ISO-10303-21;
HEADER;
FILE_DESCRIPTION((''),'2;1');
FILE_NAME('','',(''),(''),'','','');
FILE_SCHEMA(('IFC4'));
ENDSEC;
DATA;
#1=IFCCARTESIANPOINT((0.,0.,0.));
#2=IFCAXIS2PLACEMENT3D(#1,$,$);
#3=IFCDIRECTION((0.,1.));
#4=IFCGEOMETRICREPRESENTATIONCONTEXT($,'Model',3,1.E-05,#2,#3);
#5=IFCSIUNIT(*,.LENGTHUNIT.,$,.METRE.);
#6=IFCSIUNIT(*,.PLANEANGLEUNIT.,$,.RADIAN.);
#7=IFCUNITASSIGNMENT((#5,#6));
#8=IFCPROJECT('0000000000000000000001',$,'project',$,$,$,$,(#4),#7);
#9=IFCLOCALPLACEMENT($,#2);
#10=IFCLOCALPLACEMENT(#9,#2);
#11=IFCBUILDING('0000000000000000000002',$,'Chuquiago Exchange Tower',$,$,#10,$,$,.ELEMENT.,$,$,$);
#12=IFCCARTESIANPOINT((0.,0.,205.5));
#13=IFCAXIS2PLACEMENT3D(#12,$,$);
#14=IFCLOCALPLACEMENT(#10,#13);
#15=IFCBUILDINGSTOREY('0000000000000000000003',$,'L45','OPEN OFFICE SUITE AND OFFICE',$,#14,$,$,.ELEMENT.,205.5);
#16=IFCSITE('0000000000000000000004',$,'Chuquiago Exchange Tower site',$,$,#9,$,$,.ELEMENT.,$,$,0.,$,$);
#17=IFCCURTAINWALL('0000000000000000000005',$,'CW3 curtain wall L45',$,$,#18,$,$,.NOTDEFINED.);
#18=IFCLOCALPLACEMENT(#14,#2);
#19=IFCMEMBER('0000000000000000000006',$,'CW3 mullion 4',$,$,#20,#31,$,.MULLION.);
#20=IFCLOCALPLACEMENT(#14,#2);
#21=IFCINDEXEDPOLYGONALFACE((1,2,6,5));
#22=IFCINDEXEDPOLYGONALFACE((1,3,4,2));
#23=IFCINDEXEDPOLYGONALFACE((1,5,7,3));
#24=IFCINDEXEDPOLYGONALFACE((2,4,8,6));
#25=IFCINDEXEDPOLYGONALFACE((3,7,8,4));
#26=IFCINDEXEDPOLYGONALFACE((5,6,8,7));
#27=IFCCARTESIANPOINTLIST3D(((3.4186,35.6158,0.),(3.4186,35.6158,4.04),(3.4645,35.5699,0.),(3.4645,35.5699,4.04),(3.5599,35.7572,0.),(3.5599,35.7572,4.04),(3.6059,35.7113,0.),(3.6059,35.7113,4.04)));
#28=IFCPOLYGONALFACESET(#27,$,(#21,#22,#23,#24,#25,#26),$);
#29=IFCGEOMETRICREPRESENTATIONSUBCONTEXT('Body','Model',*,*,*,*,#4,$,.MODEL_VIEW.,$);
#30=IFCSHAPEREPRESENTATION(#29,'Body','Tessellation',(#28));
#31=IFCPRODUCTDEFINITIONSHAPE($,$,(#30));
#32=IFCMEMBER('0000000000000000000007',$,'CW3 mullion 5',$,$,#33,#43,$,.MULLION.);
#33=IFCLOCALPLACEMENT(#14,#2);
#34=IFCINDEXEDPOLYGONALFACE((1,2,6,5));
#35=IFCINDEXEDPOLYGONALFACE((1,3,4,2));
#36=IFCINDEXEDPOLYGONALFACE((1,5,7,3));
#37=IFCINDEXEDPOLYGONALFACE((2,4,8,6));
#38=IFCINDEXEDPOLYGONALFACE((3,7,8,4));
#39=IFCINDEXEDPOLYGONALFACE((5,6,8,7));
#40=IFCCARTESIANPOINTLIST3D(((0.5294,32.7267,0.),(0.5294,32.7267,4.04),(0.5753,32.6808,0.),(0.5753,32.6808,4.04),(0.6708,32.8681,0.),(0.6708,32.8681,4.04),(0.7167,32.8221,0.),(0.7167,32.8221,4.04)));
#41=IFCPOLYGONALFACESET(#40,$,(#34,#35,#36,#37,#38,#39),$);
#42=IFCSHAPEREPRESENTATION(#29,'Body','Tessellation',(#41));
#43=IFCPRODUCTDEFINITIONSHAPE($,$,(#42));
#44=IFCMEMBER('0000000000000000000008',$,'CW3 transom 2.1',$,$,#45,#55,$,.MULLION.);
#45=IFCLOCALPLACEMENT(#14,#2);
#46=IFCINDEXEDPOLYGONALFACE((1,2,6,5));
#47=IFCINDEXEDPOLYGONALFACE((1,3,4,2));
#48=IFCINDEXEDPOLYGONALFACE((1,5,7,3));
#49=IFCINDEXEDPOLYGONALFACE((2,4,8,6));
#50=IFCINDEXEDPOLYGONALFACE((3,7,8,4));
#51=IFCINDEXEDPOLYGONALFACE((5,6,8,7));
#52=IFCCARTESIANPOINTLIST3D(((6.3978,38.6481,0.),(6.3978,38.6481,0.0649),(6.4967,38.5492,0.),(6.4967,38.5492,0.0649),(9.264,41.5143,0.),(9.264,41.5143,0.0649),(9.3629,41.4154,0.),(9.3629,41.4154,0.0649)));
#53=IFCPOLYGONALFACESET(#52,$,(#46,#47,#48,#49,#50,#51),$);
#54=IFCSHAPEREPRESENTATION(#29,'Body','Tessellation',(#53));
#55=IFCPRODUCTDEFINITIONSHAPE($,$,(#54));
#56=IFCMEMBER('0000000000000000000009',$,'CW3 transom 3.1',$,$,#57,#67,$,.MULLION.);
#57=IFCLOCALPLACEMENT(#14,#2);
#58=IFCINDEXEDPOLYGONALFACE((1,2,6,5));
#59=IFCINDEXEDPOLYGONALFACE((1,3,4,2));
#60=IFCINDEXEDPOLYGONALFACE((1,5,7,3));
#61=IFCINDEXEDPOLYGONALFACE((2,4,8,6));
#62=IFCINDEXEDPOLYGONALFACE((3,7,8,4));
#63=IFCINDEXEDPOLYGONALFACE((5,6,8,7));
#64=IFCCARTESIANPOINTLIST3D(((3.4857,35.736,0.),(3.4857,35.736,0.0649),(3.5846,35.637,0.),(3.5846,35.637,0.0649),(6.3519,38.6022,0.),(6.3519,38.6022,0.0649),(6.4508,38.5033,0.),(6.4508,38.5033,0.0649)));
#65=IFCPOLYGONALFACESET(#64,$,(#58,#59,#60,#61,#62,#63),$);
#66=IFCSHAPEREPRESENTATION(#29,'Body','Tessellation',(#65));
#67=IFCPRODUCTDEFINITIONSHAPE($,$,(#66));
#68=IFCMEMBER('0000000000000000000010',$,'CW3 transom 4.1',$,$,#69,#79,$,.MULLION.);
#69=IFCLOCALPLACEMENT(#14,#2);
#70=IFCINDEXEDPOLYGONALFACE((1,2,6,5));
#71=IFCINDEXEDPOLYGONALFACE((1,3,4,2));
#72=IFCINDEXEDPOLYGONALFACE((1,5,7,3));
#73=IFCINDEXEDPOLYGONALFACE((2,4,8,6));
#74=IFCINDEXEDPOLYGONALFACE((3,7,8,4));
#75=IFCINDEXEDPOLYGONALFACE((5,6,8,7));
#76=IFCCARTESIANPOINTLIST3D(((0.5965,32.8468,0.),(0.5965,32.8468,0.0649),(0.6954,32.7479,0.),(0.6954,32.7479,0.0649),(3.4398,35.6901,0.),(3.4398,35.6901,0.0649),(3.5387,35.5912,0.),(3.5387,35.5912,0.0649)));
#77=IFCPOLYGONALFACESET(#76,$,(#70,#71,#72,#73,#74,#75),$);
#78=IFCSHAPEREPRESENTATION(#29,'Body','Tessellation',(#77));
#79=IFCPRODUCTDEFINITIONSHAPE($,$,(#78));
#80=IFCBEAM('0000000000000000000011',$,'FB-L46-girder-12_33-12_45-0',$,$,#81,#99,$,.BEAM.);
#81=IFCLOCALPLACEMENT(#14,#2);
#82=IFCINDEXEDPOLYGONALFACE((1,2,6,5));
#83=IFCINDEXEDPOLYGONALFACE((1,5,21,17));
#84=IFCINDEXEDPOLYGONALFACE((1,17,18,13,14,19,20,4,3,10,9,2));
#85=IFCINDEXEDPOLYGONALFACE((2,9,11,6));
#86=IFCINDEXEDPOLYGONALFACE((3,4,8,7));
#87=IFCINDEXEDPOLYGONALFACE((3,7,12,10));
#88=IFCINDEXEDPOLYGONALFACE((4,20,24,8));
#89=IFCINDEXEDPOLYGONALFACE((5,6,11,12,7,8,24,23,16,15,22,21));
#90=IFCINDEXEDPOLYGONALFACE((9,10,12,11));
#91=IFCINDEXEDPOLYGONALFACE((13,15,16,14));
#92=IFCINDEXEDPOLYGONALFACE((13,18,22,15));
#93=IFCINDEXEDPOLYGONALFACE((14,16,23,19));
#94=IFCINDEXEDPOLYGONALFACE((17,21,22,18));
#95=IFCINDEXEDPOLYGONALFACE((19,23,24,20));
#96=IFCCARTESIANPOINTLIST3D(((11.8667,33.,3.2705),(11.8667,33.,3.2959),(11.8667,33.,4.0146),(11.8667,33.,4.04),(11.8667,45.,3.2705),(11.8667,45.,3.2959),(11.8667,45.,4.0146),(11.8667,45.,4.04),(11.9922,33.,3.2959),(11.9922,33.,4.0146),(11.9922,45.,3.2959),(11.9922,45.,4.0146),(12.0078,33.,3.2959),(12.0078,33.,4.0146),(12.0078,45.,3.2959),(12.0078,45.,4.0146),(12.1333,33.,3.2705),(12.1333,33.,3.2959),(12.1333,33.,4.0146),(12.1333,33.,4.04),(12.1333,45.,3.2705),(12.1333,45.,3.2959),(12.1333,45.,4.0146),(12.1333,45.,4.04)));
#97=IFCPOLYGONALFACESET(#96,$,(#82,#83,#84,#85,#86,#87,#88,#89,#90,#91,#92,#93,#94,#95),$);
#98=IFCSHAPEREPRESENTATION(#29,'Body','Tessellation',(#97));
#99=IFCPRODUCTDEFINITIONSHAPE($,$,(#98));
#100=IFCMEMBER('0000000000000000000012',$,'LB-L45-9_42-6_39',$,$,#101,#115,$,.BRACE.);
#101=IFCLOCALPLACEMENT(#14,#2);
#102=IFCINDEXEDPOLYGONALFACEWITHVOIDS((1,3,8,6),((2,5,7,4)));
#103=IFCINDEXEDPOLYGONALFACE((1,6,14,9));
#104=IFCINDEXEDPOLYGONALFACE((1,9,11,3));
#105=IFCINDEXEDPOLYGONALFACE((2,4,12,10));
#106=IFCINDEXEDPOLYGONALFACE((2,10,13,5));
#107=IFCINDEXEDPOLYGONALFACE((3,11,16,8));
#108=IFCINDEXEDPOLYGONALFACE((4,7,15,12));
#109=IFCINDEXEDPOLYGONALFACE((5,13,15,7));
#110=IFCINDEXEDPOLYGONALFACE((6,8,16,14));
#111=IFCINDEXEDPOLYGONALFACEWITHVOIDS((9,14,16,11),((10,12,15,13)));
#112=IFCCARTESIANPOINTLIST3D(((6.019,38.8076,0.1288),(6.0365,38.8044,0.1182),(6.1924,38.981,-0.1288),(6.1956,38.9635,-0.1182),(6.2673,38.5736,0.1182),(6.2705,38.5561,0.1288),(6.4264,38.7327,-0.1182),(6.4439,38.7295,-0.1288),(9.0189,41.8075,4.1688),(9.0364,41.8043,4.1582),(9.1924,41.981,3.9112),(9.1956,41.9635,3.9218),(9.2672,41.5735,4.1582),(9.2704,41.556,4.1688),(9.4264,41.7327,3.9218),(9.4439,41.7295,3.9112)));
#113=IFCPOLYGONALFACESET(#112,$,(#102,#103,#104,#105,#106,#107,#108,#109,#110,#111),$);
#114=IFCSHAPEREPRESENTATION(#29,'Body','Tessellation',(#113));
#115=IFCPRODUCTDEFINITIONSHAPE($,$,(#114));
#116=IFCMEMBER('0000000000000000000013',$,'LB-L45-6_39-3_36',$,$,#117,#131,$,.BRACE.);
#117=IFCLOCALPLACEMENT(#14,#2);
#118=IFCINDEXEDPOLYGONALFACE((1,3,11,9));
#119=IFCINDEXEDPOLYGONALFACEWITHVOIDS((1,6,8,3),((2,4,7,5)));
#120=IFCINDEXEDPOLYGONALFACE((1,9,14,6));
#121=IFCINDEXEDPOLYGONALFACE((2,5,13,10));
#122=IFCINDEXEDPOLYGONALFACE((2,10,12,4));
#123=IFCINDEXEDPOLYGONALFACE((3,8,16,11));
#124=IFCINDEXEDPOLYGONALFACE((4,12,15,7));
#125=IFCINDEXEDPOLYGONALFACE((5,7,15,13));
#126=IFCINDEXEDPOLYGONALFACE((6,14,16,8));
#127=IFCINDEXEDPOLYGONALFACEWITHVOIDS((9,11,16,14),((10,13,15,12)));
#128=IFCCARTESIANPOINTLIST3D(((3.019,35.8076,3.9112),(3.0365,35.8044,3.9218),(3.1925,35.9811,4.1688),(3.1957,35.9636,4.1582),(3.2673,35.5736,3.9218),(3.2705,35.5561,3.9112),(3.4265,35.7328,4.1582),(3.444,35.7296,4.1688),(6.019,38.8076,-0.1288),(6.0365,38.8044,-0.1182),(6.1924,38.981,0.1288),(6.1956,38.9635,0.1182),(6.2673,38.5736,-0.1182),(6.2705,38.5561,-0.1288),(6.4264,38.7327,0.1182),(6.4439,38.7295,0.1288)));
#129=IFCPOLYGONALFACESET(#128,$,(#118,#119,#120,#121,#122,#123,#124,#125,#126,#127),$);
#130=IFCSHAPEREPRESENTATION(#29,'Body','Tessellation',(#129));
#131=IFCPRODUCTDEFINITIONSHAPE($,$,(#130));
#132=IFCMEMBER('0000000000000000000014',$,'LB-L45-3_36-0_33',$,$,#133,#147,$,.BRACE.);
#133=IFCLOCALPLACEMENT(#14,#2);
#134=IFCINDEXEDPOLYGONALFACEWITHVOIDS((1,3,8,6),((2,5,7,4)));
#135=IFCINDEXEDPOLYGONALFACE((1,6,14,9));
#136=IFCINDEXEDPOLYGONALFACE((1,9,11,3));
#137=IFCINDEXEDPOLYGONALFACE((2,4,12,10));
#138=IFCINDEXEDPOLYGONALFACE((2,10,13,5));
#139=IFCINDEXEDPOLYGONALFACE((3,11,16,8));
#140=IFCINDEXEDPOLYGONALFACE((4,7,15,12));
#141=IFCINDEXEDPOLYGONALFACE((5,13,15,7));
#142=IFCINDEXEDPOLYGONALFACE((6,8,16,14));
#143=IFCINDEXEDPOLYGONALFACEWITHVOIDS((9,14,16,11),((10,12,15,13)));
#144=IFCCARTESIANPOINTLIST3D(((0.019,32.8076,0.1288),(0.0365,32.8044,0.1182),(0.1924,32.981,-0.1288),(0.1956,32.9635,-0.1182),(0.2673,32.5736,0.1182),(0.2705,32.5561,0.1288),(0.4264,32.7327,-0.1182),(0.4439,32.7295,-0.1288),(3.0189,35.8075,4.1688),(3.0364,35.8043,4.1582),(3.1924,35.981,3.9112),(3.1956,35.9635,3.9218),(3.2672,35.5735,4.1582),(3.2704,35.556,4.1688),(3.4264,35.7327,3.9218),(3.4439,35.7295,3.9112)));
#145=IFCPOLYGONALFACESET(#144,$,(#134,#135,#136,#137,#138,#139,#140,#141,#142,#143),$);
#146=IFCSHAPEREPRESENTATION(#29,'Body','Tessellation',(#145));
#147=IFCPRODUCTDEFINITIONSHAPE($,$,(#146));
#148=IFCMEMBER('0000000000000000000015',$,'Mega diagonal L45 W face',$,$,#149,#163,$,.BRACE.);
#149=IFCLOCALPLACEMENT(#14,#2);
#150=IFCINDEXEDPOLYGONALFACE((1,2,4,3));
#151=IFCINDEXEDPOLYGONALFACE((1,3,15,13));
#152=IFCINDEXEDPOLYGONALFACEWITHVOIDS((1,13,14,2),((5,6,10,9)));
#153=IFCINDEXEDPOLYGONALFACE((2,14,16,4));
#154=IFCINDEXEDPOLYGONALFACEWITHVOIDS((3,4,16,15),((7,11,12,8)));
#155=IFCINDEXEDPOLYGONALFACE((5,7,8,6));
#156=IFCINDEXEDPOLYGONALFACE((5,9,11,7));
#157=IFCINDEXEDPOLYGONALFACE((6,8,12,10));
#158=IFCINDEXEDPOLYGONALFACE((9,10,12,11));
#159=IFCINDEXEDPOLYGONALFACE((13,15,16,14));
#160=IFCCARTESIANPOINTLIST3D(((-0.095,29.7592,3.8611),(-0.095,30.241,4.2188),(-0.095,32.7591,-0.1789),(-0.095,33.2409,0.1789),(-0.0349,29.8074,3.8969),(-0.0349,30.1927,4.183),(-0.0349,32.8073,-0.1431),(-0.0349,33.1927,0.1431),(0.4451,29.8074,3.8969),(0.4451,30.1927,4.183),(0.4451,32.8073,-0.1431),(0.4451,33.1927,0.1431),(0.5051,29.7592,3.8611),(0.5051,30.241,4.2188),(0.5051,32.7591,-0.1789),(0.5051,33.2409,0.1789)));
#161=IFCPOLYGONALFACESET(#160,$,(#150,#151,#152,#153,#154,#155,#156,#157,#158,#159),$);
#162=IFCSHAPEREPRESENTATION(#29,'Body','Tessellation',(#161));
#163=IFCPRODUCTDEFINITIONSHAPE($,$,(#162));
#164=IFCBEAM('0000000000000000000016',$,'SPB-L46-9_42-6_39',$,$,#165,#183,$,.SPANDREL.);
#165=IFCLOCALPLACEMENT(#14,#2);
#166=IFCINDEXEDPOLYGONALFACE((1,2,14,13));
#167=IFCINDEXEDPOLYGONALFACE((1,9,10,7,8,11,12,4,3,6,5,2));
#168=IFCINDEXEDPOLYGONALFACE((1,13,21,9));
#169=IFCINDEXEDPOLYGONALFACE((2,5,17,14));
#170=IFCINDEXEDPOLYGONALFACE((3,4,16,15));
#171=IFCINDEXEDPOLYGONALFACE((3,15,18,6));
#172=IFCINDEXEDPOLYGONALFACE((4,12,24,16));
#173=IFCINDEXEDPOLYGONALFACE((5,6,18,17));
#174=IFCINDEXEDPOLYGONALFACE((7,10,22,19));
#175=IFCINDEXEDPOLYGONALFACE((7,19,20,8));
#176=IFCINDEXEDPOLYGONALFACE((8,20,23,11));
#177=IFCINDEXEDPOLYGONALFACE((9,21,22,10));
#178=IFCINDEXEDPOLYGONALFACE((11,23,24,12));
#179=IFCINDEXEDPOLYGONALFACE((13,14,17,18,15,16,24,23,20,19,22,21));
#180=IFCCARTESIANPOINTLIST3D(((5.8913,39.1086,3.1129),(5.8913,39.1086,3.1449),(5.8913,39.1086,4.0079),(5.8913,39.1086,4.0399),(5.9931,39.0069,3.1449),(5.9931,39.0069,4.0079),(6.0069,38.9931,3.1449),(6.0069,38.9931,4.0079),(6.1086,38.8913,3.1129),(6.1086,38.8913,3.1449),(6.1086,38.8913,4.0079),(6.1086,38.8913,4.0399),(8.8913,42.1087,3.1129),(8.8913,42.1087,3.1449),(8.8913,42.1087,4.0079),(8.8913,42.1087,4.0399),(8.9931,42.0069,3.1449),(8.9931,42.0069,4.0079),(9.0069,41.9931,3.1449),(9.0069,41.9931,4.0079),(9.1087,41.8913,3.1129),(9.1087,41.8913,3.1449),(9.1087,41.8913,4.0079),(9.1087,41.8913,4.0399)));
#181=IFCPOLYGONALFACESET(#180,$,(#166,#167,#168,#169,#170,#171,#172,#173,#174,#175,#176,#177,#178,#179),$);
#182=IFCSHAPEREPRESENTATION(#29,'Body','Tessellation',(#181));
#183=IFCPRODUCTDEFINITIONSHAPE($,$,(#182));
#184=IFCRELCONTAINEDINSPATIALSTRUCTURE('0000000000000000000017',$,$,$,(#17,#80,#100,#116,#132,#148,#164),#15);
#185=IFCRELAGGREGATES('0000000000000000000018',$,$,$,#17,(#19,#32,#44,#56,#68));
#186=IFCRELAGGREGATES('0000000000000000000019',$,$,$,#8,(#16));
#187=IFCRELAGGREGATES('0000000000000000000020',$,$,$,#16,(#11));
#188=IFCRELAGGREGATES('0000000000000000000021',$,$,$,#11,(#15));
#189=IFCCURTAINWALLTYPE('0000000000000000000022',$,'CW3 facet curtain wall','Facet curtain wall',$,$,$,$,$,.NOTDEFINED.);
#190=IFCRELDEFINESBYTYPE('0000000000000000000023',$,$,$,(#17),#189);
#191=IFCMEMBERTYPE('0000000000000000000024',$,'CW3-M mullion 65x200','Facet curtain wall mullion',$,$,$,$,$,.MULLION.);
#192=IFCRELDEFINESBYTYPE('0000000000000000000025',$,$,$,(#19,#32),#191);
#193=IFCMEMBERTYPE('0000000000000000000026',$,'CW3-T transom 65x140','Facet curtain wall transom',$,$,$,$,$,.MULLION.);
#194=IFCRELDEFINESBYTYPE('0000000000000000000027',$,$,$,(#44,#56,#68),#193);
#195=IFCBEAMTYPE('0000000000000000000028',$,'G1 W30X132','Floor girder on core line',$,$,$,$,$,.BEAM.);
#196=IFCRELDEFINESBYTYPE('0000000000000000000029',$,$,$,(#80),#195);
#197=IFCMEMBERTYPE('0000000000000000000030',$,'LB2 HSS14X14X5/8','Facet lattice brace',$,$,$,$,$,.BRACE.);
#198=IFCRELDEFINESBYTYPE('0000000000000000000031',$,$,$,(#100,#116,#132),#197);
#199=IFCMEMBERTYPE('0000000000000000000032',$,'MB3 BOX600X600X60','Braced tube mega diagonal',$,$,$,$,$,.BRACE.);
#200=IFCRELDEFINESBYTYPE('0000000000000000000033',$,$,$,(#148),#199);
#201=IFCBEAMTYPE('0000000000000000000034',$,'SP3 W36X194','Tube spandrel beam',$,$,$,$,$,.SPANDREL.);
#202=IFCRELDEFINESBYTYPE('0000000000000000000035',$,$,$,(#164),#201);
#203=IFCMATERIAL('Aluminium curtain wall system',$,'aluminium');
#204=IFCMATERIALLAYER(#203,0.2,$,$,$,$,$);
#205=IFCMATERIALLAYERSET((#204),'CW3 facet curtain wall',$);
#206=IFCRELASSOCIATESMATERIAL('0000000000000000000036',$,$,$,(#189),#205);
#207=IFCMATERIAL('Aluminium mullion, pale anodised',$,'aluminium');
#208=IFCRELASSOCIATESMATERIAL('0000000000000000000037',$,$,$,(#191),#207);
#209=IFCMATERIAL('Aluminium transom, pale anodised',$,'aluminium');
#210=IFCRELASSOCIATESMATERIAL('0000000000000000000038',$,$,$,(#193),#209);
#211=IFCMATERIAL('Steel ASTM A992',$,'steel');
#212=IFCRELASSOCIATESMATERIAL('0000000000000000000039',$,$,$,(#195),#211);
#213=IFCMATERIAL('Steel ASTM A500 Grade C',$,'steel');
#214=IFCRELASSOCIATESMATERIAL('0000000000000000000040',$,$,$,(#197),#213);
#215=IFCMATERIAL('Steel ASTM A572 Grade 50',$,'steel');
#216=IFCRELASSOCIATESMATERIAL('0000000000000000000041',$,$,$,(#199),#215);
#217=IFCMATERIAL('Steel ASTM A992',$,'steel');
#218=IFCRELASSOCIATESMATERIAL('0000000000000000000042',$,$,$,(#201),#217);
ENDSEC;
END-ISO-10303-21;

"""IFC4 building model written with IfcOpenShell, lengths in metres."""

from ifc_helpers import new_model, si_unit, direction, frame, origin, origin_2d, place, context, subcontext, project, spatial, rectangle, hollow_rectangle, i_section, extrude, material, layer, layer_set, material_profile, profile_set, type_object, element, aggregate, save


model = new_model("IFC4")

# Units and contexts
model_context = context("Model", 3, precision=1e-05, world=origin(), true_north=direction((0.0, 1.0)))
body_context = subcontext(model_context, "Body", "Model", "MODEL_VIEW")
ifc_project = project(units=[si_unit("LENGTHUNIT", "METRE"), si_unit("PLANEANGLEUNIT", "RADIAN")], contexts=[model_context])

# Site, building, storey
site_placement = place(None, origin())
site = spatial("IfcSite", under=ifc_project, at=site_placement, Name="Chuquiago Exchange Tower site", CompositionType="ELEMENT", RefElevation=0.0)
building_placement = place(site_placement, origin())
building = spatial("IfcBuilding", under=site, at=building_placement, Name="Chuquiago Exchange Tower", CompositionType="ELEMENT")
storey_placement = place(building_placement, frame((0.0, 0.0, 205.5)))
storey = spatial("IfcBuildingStorey", under=building, at=storey_placement, Name="L45", Description="OPEN OFFICE SUITE AND OFFICE", CompositionType="ELEMENT", Elevation=205.5)

# Curtain wall, members
ifc_material_1 = material(Name="Aluminium curtain wall system", Category="aluminium")
ifc_layer_1 = layer(ifc_material_1, 0.2)
ifc_layer_set_1 = layer_set([ifc_layer_1], Name="CW3 facet curtain wall")
curtain_wall_type_1 = type_object("IfcCurtainWallType", Name="CW3 facet curtain wall", Description="Facet curtain wall", PredefinedType="NOTDEFINED", material=ifc_layer_set_1)
curtain_wall_1_placement = place(storey_placement, origin())
curtain_wall_1 = element("IfcCurtainWall", 1, at=curtain_wall_1_placement, inside=storey, type_object=curtain_wall_type_1, Name="CW3 curtain wall L45", PredefinedType="NOTDEFINED")
ifc_material_2 = material(Name="Aluminium mullion, pale anodised", Category="aluminium")
ifc_material_profile_1 = material_profile(ifc_material_2, rectangle(XDim=0.0649, YDim=0.2, at=origin_2d()), Name="AL 65x200")
ifc_profile_set_1 = profile_set([ifc_material_profile_1], Name="Aluminium mullion, pale anodised")
member_type_1 = type_object("IfcMemberType", Name="CW3-M mullion 65x200", Description="Facet curtain wall mullion", PredefinedType="MULLION", material=ifc_profile_set_1)
member_1_placement = place(storey_placement, frame((3.5122, 35.6636, 0.0), z_axis=(0.0, 0.0, 1.0), x_axis=(0.707107, -0.707107, 0.0)))
member_1 = element("IfcMember", 2, at=member_1_placement, type_object=member_type_1, Name="CW3 mullion 4", PredefinedType="MULLION", context=body_context, shape_type="SweptSolid", body=[
    extrude(rectangle(XDim=0.0649, YDim=0.2, at=origin_2d()), origin(), (0.0, 0.0, 1.0), 4.04),
])
member_2_placement = place(storey_placement, frame((0.623, 32.7744, 0.0), z_axis=(0.0, 0.0, 1.0), x_axis=(0.707107, -0.707107, 0.0)))
member_2 = element("IfcMember", 3, at=member_2_placement, type_object=member_type_1, Name="CW3 mullion 5", PredefinedType="MULLION", context=body_context, shape_type="SweptSolid", body=[
    extrude(rectangle(XDim=0.0649, YDim=0.2, at=origin_2d()), origin(), (0.0, 0.0, 1.0), 4.04),
])
ifc_material_3 = material(Name="Aluminium transom, pale anodised", Category="aluminium")
ifc_material_profile_2 = material_profile(ifc_material_3, rectangle(XDim=0.1399, YDim=0.0649, at=origin_2d()), Name="AL 140x65")
ifc_profile_set_2 = profile_set([ifc_material_profile_2], Name="Aluminium transom, pale anodised")
member_type_2 = type_object("IfcMemberType", Name="CW3-T transom 65x140", Description="Facet curtain wall transom", PredefinedType="MULLION", material=ifc_profile_set_2)
member_3_placement = place(storey_placement, frame((9.3135, 41.4648, 0.0325), z_axis=(-0.707107, -0.707107, 0.0), x_axis=(0.707107, -0.707107, 0.0)))
member_3 = element("IfcMember", 4, at=member_3_placement, type_object=member_type_2, Name="CW3 transom 2.1", PredefinedType="MULLION", context=body_context, shape_type="SweptSolid", body=[
    extrude(rectangle(XDim=0.1399, YDim=0.0649, at=origin_2d()), origin(), (0.0, 0.0, 1.0), 4.0535),
])
member_4_placement = place(storey_placement, frame((6.4014, 38.5527, 0.0325), z_axis=(-0.707107, -0.707107, 0.0), x_axis=(0.707107, -0.707107, 0.0)))
member_4 = element("IfcMember", 5, at=member_4_placement, type_object=member_type_2, Name="CW3 transom 3.1", PredefinedType="MULLION", context=body_context, shape_type="SweptSolid", body=[
    extrude(rectangle(XDim=0.1399, YDim=0.0649, at=origin_2d()), origin(), (0.0, 0.0, 1.0), 4.0535),
])
member_5_placement = place(storey_placement, frame((3.4893, 35.6406, 0.0325), z_axis=(-0.707107, -0.707107, 0.0), x_axis=(0.707107, -0.707107, 0.0)))
member_5 = element("IfcMember", 6, at=member_5_placement, type_object=member_type_2, Name="CW3 transom 4.1", PredefinedType="MULLION", context=body_context, shape_type="SweptSolid", body=[
    extrude(rectangle(XDim=0.1399, YDim=0.0649, at=origin_2d()), origin(), (0.0, 0.0, 1.0), 4.021),
])

# Beam
ifc_material_4 = material(Name="Steel ASTM A992", Category="steel")
ifc_material_profile_3 = material_profile(ifc_material_4, i_section(OverallWidth=0.2666, OverallDepth=0.7695, WebThickness=0.0156, FlangeThickness=0.0254, at=origin_2d()), Name="W30X132")
ifc_profile_set_3 = profile_set([ifc_material_profile_3], Name="Steel ASTM A992")
beam_type_1 = type_object("IfcBeamType", Name="G1 W30X132", Description="Floor girder on core line", PredefinedType="BEAM", material=ifc_profile_set_3)
beam_1_placement = place(storey_placement, frame((12.0, 33.0, 3.6553), z_axis=(0.0, 1.0, 0.0), x_axis=(-1.0, 0.0, 0.0)))
element("IfcBeam", 7, at=beam_1_placement, inside=storey, type_object=beam_type_1, Name="FB-L46-girder-12_33-12_45-0", PredefinedType="BEAM", context=body_context, shape_type="SweptSolid", body=[
    extrude(i_section(OverallWidth=0.2666, OverallDepth=0.7695, WebThickness=0.0156, FlangeThickness=0.0254, at=origin_2d()), origin(), (0.0, 0.0, 1.0), 12.0),
])

# Members
ifc_material_5 = material(Name="Steel ASTM A500 Grade C", Category="steel")
ifc_material_profile_4 = material_profile(ifc_material_5, hollow_rectangle(XDim=0.3557, YDim=0.3557, WallThickness=0.0146, at=origin_2d()), Name="HSS14X14X5/8")
ifc_profile_set_4 = profile_set([ifc_material_profile_4], Name="Steel ASTM A500 Grade C")
member_type_3 = type_object("IfcMemberType", Name="LB2 HSS14X14X5/8", Description="Facet lattice brace", PredefinedType="BRACE", material=ifc_profile_set_4)
for number, where, z_axis, x_axis, name in (
    (8, (6.2314, 38.7686, 0.0), (0.512077, 0.512077, 0.689604), (-0.707107, 0.707107, 0.0), "LB-L45-9_42-6_39"),
    (9, (6.2314, 38.7686, 0.0), (-0.512077, -0.512077, 0.689604), (0.707107, -0.707107, 0.0), "LB-L45-6_39-3_36"),
    (10, (0.2314, 32.7686, 0.0), (0.512077, 0.512077, 0.689604), (-0.707107, 0.707107, 0.0), "LB-L45-3_36-0_33"),
):
    element("IfcMember", number, at=place(storey_placement, frame(where, z_axis=z_axis, x_axis=x_axis)), inside=storey, type_object=member_type_3, Name=name, PredefinedType="BRACE", context=body_context, shape_type="SweptSolid", body=[
        extrude(hollow_rectangle(XDim=0.3557, YDim=0.3557, WallThickness=0.0146, at=origin_2d()), origin(), (0.0, 0.0, 1.0), 5.8584),
    ])
ifc_material_6 = material(Name="Steel ASTM A572 Grade 50", Category="steel")
ifc_material_profile_5 = material_profile(ifc_material_6, hollow_rectangle(XDim=0.6001, YDim=0.6001, WallThickness=0.0601, at=origin_2d()), Name="BOX600X600X60")
ifc_profile_set_5 = profile_set([ifc_material_profile_5], Name="Steel ASTM A572 Grade 50")
member_type_4 = type_object("IfcMemberType", Name="MB3 BOX600X600X60", Description="Braced tube mega diagonal", PredefinedType="BRACE", material=ifc_profile_set_5)
member_6_placement = place(storey_placement, frame((0.2051, 33.0, 0.0), z_axis=(0.0, -0.596174, 0.802855), x_axis=(1.0, 0.0, 0.0)))
element("IfcMember", 11, at=member_6_placement, inside=storey, type_object=member_type_4, Name="Mega diagonal L45 W face", PredefinedType="BRACE", context=body_context, shape_type="SweptSolid", body=[
    extrude(hollow_rectangle(XDim=0.6001, YDim=0.6001, WallThickness=0.0601, at=origin_2d()), origin(), (0.0, 0.0, 1.0), 5.032),
])

# Beam
ifc_material_7 = material(Name="Steel ASTM A992", Category="steel")
ifc_material_profile_6 = material_profile(ifc_material_7, i_section(OverallWidth=0.3074, OverallDepth=0.927, WebThickness=0.0195, FlangeThickness=0.032, at=origin_2d()), Name="W36X194")
ifc_profile_set_6 = profile_set([ifc_material_profile_6], Name="Steel ASTM A992")
beam_type_2 = type_object("IfcBeamType", Name="SP3 W36X194", Description="Tube spandrel beam", PredefinedType="SPANDREL", material=ifc_profile_set_6)
for number, where, z_axis, x_axis, name in (
    (12, (9.0, 42.0, 3.5764), (-0.707107, -0.707107, 0.0), (0.707107, -0.707107, 0.0), "SPB-L46-9_42-6_39"),
):
    element("IfcBeam", number, at=place(storey_placement, frame(where, z_axis=z_axis, x_axis=x_axis)), inside=storey, type_object=beam_type_2, Name=name, PredefinedType="SPANDREL", context=body_context, shape_type="SweptSolid", body=[
        extrude(i_section(OverallWidth=0.3074, OverallDepth=0.927, WebThickness=0.0195, FlangeThickness=0.032, at=origin_2d()), origin(), (0.0, 0.0, 1.0), 4.2427),
    ])

aggregate(curtain_wall_1, [member_1, member_2, member_3, member_4, member_5])

save(model, "model.ifc")
